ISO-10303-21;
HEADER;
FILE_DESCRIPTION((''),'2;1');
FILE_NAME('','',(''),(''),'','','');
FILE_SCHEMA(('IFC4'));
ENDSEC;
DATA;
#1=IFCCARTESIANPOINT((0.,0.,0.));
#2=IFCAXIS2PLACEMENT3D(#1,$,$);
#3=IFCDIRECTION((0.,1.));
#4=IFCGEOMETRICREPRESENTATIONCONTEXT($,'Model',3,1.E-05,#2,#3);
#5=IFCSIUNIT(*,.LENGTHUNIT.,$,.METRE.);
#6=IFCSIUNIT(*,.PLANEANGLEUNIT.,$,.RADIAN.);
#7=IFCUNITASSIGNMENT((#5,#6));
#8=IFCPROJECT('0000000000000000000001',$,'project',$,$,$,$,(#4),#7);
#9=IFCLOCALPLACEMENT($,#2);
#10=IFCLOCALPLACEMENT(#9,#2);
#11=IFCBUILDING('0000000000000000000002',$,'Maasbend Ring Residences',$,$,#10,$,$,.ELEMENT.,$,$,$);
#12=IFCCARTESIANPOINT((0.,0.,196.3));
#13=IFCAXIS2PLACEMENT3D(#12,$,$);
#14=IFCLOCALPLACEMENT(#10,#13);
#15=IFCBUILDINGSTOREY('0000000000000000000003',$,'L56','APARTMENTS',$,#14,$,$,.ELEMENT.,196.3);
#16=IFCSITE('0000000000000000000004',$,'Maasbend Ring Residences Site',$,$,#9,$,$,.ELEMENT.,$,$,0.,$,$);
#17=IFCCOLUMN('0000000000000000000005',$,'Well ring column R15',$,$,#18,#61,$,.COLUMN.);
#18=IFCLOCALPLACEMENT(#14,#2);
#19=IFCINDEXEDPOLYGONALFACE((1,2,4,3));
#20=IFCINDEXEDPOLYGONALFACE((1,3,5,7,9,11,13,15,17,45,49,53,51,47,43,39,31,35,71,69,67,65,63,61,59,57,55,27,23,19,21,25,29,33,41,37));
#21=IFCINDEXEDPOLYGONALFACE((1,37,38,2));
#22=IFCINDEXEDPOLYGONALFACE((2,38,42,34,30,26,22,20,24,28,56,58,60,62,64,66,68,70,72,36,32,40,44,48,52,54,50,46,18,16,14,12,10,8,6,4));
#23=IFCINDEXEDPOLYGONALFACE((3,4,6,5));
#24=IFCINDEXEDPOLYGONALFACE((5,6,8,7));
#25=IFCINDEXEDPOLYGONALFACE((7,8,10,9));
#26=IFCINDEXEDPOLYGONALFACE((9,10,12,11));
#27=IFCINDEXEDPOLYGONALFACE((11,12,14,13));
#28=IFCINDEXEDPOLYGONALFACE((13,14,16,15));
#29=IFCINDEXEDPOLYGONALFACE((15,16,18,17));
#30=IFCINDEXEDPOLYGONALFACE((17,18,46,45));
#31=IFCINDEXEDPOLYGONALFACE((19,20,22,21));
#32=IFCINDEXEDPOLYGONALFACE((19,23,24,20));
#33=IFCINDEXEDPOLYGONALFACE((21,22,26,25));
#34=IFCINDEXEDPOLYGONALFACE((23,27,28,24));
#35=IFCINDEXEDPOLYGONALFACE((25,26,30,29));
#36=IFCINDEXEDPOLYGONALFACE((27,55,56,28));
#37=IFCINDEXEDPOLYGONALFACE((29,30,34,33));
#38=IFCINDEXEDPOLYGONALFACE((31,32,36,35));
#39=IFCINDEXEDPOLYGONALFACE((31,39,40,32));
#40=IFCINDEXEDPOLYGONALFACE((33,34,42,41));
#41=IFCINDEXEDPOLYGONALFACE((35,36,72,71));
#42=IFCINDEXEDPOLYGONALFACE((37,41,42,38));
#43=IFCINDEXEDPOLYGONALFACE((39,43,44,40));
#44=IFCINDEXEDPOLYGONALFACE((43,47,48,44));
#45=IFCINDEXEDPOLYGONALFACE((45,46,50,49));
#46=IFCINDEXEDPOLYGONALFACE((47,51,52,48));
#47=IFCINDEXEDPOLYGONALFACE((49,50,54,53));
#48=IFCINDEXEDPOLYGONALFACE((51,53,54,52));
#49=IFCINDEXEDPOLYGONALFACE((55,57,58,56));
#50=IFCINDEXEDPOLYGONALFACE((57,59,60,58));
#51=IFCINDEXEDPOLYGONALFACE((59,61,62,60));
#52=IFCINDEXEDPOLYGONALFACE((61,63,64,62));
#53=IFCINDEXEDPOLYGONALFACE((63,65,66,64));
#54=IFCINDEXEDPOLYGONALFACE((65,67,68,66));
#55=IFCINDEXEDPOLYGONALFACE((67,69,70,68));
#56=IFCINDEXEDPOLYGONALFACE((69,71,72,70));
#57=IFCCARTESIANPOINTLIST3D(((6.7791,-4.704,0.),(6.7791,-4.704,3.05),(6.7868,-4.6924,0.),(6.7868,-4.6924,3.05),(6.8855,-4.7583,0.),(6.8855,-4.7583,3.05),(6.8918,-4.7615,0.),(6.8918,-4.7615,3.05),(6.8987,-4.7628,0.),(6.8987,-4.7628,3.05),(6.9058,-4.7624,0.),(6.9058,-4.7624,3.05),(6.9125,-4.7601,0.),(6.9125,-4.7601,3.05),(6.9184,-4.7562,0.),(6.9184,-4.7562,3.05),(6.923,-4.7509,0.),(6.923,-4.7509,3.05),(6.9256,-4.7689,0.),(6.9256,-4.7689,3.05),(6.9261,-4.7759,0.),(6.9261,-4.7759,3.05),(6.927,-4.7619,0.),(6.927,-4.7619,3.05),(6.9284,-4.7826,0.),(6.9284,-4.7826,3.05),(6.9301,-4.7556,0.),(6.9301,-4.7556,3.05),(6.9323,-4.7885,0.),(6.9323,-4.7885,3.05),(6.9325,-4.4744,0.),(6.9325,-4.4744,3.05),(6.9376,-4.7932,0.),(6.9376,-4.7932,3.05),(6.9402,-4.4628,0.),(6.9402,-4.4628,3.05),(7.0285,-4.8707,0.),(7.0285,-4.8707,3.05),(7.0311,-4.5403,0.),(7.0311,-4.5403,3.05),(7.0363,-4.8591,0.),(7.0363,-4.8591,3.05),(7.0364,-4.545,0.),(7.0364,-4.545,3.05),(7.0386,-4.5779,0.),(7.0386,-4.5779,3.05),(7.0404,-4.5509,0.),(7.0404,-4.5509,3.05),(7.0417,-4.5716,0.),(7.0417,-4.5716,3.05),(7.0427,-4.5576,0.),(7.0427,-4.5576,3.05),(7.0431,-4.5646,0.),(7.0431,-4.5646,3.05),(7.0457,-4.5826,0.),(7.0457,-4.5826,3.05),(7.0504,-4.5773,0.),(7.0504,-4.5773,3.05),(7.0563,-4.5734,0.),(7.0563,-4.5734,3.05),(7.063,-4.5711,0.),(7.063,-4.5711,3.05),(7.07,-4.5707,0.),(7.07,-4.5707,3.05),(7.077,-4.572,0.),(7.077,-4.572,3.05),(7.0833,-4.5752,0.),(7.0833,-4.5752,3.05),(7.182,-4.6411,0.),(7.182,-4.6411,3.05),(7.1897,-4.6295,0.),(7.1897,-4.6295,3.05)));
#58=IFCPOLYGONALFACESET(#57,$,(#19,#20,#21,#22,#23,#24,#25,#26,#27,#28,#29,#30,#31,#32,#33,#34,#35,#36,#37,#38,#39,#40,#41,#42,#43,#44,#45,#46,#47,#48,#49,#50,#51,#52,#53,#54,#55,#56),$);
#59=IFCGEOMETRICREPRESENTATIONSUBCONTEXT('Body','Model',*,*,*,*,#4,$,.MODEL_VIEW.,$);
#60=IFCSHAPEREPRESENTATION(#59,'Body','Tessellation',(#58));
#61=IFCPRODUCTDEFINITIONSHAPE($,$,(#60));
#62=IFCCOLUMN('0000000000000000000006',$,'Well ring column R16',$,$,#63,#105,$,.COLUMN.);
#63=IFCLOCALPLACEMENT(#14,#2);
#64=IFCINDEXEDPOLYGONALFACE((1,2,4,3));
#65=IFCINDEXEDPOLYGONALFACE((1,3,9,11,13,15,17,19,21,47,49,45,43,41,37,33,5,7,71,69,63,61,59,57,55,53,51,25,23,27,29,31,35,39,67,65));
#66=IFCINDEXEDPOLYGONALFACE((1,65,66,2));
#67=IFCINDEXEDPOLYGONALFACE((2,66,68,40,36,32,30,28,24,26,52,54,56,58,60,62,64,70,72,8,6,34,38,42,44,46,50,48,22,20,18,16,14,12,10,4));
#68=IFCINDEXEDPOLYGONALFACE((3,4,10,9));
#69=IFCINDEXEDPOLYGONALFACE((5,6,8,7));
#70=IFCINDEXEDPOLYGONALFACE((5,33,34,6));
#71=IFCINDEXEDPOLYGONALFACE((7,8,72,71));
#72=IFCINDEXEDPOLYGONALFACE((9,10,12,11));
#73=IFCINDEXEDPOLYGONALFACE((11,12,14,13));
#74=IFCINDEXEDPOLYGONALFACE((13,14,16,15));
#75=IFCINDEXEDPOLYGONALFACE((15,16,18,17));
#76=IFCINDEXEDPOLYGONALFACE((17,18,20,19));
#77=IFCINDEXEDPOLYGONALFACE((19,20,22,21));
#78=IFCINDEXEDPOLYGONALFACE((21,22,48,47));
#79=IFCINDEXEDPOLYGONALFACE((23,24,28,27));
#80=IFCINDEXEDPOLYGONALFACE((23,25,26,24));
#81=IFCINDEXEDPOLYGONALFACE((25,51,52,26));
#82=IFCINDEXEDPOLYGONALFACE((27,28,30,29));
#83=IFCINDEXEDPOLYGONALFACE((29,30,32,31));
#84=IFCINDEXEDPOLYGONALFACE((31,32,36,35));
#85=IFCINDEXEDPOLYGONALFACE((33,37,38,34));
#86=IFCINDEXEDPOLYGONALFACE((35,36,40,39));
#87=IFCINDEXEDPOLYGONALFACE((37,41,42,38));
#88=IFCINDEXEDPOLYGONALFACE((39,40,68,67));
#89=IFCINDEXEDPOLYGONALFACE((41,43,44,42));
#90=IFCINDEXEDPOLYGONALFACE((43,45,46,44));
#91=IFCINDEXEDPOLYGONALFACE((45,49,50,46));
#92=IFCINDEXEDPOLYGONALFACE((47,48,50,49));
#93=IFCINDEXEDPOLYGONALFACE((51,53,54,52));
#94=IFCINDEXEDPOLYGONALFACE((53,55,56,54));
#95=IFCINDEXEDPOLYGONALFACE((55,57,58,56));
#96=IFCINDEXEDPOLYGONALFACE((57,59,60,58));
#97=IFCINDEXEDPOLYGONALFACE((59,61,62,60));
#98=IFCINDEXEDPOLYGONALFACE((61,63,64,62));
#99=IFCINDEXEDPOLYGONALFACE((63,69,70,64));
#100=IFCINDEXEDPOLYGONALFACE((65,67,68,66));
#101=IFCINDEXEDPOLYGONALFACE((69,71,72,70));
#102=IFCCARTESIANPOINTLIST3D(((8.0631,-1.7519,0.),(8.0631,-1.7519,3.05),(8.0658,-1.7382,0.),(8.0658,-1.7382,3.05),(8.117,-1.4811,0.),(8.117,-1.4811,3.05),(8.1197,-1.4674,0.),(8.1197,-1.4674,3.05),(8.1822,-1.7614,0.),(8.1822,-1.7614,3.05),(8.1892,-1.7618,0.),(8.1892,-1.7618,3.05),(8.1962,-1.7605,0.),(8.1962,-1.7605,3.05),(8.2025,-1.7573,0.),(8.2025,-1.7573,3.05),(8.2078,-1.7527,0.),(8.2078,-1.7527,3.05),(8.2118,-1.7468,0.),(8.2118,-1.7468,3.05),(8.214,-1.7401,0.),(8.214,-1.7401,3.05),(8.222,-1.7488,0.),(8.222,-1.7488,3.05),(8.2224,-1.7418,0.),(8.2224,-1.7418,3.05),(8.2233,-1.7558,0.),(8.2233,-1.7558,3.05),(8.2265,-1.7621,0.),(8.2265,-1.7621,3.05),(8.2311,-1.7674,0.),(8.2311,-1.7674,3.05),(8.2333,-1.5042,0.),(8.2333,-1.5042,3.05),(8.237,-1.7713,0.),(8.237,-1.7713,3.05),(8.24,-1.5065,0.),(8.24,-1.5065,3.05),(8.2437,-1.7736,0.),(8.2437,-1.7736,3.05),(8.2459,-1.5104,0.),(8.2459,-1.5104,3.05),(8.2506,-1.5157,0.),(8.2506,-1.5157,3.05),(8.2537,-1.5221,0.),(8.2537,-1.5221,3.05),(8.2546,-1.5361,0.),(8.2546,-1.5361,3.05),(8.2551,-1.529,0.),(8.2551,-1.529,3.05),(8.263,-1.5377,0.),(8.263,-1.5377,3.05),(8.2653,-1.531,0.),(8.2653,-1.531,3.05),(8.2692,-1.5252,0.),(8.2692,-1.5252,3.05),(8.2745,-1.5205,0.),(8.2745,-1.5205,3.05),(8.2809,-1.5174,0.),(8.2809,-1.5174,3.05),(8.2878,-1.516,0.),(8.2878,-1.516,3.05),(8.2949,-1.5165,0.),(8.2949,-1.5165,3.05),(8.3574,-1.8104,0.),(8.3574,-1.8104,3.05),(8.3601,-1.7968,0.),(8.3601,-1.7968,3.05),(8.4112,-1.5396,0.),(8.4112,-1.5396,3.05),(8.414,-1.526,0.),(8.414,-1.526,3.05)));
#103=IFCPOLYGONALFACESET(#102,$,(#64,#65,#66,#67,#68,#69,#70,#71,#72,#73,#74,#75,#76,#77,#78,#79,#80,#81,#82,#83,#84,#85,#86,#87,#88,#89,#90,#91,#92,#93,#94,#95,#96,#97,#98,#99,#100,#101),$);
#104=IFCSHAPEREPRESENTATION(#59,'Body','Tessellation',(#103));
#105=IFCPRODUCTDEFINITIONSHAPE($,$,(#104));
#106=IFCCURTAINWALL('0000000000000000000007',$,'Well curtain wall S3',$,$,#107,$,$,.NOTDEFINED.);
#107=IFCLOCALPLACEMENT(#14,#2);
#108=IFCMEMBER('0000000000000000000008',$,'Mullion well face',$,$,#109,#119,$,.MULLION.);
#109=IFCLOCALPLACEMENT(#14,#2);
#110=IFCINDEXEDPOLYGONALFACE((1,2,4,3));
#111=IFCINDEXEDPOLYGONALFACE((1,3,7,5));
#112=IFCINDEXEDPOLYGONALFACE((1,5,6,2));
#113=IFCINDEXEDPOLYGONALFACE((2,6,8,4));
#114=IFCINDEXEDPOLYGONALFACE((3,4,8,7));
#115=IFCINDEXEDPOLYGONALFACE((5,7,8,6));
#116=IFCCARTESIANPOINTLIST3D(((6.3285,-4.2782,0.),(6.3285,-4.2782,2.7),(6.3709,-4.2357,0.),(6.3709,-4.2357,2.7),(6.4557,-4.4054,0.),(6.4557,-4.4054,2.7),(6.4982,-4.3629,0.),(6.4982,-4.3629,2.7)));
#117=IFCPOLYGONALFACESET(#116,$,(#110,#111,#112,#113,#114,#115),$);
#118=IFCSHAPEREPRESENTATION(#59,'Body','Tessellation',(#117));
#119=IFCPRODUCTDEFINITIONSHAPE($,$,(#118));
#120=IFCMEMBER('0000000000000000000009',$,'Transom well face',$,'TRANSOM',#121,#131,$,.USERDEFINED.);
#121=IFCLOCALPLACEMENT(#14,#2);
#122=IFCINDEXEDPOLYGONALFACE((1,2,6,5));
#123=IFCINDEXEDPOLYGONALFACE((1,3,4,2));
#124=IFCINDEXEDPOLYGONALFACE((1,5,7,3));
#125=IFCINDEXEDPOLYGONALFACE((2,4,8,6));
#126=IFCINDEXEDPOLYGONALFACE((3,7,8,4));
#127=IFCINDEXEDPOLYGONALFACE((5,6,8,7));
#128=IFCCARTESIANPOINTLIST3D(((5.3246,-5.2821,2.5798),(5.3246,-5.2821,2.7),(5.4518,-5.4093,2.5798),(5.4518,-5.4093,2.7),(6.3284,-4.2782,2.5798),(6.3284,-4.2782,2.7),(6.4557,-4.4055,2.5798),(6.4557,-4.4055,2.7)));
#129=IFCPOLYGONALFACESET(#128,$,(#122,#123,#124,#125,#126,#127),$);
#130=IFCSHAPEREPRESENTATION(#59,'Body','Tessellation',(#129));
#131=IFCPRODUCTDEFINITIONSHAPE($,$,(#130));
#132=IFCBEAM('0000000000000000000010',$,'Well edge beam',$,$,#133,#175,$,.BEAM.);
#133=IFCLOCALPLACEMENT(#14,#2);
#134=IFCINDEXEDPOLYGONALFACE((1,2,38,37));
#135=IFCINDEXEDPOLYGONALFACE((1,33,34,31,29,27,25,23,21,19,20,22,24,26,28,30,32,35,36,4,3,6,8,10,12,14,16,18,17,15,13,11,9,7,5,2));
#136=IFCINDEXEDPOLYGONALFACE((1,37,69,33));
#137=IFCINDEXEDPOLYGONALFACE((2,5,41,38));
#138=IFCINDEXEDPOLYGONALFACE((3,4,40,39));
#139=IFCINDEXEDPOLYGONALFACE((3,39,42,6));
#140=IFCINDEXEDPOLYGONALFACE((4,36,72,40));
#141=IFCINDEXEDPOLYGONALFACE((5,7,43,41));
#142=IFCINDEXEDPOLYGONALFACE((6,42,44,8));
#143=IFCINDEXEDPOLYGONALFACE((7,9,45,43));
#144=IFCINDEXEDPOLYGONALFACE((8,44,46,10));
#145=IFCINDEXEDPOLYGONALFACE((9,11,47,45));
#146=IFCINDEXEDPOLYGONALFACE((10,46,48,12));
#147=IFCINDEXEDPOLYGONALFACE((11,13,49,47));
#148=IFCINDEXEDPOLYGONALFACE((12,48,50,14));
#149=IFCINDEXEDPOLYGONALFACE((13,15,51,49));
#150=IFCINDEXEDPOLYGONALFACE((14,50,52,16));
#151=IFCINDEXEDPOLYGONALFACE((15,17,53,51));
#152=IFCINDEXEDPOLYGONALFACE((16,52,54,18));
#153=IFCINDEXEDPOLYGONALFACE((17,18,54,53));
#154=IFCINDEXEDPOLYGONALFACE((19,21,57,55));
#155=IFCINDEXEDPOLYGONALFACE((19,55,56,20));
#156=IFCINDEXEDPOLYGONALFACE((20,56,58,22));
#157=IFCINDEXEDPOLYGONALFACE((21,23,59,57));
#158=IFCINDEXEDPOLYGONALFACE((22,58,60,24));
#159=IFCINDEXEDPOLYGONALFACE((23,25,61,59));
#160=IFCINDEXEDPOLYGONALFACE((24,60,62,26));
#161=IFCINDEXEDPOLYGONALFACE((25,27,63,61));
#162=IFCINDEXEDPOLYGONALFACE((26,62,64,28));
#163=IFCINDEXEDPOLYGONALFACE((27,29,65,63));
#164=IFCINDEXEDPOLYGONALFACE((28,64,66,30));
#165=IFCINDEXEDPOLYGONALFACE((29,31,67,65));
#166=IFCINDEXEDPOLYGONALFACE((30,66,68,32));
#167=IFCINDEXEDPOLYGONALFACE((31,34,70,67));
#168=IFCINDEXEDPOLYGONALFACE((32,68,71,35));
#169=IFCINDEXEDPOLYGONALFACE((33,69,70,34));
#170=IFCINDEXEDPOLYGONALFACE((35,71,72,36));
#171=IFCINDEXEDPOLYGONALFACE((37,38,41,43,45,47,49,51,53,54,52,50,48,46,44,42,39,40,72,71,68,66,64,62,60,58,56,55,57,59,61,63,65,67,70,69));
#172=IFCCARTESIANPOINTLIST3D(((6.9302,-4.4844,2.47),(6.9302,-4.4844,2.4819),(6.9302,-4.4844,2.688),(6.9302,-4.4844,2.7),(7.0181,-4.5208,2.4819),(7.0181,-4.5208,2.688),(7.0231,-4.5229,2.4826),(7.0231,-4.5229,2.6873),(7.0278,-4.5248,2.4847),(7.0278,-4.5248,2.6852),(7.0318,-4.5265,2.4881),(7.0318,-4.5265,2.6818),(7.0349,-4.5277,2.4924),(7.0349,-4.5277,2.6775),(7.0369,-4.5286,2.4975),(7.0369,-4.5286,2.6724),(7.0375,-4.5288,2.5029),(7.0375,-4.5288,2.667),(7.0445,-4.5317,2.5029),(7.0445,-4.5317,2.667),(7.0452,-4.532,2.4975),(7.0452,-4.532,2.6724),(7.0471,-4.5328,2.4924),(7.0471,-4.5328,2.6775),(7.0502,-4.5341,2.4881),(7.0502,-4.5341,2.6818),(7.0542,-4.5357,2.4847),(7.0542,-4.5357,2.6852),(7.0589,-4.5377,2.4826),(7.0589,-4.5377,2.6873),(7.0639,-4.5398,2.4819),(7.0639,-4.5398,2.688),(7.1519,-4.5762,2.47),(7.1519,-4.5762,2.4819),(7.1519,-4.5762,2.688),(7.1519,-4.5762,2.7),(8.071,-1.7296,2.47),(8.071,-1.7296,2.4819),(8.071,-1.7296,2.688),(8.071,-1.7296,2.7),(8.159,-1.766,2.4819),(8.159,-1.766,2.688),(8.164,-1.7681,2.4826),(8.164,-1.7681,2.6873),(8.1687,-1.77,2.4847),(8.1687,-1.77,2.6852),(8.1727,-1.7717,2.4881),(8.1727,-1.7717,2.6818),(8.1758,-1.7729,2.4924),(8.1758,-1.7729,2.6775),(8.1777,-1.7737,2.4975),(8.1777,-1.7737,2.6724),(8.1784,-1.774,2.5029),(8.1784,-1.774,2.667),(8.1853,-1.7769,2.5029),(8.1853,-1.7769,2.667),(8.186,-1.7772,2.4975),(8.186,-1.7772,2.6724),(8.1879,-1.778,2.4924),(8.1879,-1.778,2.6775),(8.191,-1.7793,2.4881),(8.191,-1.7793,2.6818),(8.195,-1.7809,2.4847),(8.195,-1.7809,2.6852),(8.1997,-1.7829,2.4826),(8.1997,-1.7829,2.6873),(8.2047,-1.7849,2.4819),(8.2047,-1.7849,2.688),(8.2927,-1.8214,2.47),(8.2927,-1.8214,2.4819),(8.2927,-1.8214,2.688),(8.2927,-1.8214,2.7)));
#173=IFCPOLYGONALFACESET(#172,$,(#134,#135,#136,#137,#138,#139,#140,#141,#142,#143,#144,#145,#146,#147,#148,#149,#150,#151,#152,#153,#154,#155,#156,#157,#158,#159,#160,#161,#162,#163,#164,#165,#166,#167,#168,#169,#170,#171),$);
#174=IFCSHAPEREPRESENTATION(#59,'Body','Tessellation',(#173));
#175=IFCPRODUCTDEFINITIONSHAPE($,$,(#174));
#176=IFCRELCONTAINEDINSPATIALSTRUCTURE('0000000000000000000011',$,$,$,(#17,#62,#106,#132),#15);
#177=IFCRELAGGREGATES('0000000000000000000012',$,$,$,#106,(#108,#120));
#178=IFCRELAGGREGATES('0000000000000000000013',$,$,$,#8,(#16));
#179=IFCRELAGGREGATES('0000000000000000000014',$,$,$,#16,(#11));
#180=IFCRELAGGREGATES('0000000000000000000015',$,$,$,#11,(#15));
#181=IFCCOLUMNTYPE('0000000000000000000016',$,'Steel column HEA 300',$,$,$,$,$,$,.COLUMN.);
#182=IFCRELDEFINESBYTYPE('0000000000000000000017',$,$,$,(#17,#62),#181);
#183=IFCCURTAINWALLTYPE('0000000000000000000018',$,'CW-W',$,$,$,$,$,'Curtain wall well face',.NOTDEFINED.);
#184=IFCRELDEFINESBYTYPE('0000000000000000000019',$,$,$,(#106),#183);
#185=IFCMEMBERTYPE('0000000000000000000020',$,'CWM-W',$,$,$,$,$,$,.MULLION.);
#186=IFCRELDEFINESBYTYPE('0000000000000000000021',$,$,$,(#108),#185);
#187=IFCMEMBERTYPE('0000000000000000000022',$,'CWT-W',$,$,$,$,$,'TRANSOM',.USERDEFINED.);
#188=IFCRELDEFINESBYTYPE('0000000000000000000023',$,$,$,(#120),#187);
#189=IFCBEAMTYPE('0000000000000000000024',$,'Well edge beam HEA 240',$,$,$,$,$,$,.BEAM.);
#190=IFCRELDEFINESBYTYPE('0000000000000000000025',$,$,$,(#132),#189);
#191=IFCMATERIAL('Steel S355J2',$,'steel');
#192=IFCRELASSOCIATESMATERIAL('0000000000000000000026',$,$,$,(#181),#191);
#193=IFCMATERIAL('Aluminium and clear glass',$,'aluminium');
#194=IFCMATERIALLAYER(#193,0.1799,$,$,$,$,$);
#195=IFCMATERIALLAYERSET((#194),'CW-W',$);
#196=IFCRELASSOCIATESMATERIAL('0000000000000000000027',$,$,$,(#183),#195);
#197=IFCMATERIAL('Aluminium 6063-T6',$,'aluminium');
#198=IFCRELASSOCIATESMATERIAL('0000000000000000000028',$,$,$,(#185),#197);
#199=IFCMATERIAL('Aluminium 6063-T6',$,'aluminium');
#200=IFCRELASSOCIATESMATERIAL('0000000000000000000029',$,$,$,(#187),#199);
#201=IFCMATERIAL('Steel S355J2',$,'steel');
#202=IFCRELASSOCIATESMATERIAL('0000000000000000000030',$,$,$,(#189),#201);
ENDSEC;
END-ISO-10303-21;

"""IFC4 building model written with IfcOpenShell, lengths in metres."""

from ifc_helpers import new_model, si_unit, direction, frame, origin, origin_2d, place, context, subcontext, project, spatial, rectangle, i_section, extrude, material, layer, layer_set, material_profile, profile_set, type_object, element, aggregate, save


model = new_model("IFC4")

# Units and contexts
model_context = context("Model", 3, precision=1e-05, world=origin(), true_north=direction((0.0, 1.0)))
body_context = subcontext(model_context, "Body", "Model", "MODEL_VIEW")
ifc_project = project(units=[si_unit("LENGTHUNIT", "METRE"), si_unit("PLANEANGLEUNIT", "RADIAN")], contexts=[model_context])

# Site, building, storey
site_placement = place(None, origin())
site = spatial("IfcSite", under=ifc_project, at=site_placement, Name="Maasbend Ring Residences Site", CompositionType="ELEMENT", RefElevation=0.0)
building_placement = place(site_placement, origin())
building = spatial("IfcBuilding", under=site, at=building_placement, Name="Maasbend Ring Residences", CompositionType="ELEMENT")
storey_placement = place(building_placement, frame((0.0, 0.0, 196.3)))
storey = spatial("IfcBuildingStorey", under=building, at=storey_placement, Name="L56", Description="APARTMENTS", CompositionType="ELEMENT", Elevation=196.3)

# Columns
ifc_material_1 = material(Name="Steel S355J2", Category="steel")
ifc_material_profile_1 = material_profile(ifc_material_1, i_section(OverallWidth=0.3, OverallDepth=0.29, WebThickness=0.0085, FlangeThickness=0.0139, FilletRadius=0.0271, at=origin_2d()), Name="HEA 300")
ifc_profile_set_1 = profile_set([ifc_material_profile_1], Name="Steel S355J2")
column_type = type_object("IfcColumnType", Name="Steel column HEA 300", PredefinedType="COLUMN", material=ifc_profile_set_1)
for number, where, z_axis, x_axis, name in (
    (1, (6.9844, -4.6667, 0.0), (0.0, 0.0, 1.0), (0.83147, -0.55557, 0.0), "Well ring column R15"),
    (2, (8.2385, -1.6389, 0.0), (0.0, 0.0, 1.0), (0.980785, -0.19509, 0.0), "Well ring column R16"),
):
    element("IfcColumn", number, at=place(storey_placement, frame(where, z_axis=z_axis, x_axis=x_axis)), inside=storey, type_object=column_type, Name=name, PredefinedType="COLUMN", context=body_context, shape_type="SweptSolid", body=[
        extrude(i_section(OverallWidth=0.3, OverallDepth=0.29, WebThickness=0.0085, FlangeThickness=0.0139, FilletRadius=0.0271, at=origin_2d()), origin(), (0.0, 0.0, 1.0), 3.05),
    ])

# Curtain wall, members
ifc_material_2 = material(Name="Aluminium and clear glass", Category="aluminium")
ifc_layer_1 = layer(ifc_material_2, 0.1799)
ifc_layer_set_1 = layer_set([ifc_layer_1], Name="CW-W")
curtain_wall_type = type_object("IfcCurtainWallType", Name="CW-W", ElementType="Curtain wall well face", PredefinedType="NOTDEFINED", material=ifc_layer_set_1)
curtain_wall_placement = place(storey_placement, origin())
curtain_wall = element("IfcCurtainWall", 3, at=curtain_wall_placement, inside=storey, type_object=curtain_wall_type, Name="Well curtain wall S3", PredefinedType="NOTDEFINED")
ifc_material_3 = material(Name="Aluminium 6063-T6", Category="aluminium")
ifc_material_profile_2 = material_profile(ifc_material_3, rectangle(XDim=0.1799, YDim=0.0601, at=origin_2d()), Name="AL 180x60")
ifc_profile_set_2 = profile_set([ifc_material_profile_2], Name="Aluminium 6063-T6")
member_type_1 = type_object("IfcMemberType", Name="CWM-W", PredefinedType="MULLION", material=ifc_profile_set_2)
member_1_placement = place(storey_placement, frame((6.4133, -4.3206, 0.0), z_axis=(0.0, 0.0, 1.0), x_axis=(-0.707107, 0.707107, 0.0)))
member_1 = element("IfcMember", 4, at=member_1_placement, type_object=member_type_1, Name="Mullion well face", PredefinedType="MULLION", context=body_context, shape_type="SweptSolid", body=[
    extrude(rectangle(XDim=0.1799, YDim=0.0601, at=origin_2d()), origin(), (0.0, 0.0, 1.0), 2.7),
])
ifc_material_4 = material(Name="Aluminium 6063-T6", Category="aluminium")
ifc_material_profile_3 = material_profile(ifc_material_4, rectangle(XDim=0.1799, YDim=0.1201, at=origin_2d()), Name="AL 180x120")
ifc_profile_set_3 = profile_set([ifc_material_profile_3], Name="Aluminium 6063-T6")
member_type_2 = type_object("IfcMemberType", Name="CWT-W", ElementType="TRANSOM", PredefinedType="USERDEFINED", material=ifc_profile_set_3)
member_2_placement = place(storey_placement, frame((5.3882, -5.3457, 2.6399), z_axis=(0.707107, 0.707107, 0.0), x_axis=(-0.707107, 0.707107, 0.0)))
member_2 = element("IfcMember", 5, at=member_2_placement, type_object=member_type_2, Name="Transom well face", ObjectType="TRANSOM", PredefinedType="USERDEFINED", context=body_context, shape_type="SweptSolid", body=[
    extrude(rectangle(XDim=0.1799, YDim=0.1201, at=origin_2d()), origin(), (0.0, 0.0, 1.0), 1.4197),
])

# Beam
ifc_material_5 = material(Name="Steel S355J2", Category="steel")
ifc_material_profile_4 = material_profile(ifc_material_5, i_section(OverallWidth=0.24, OverallDepth=0.23, WebThickness=0.0076, FlangeThickness=0.012, FilletRadius=0.021, at=origin_2d()), Name="HEA 240")
ifc_profile_set_4 = profile_set([ifc_material_profile_4], Name="Steel S355J2")
beam_type = type_object("IfcBeamType", Name="Well edge beam HEA 240", PredefinedType="BEAM", material=ifc_profile_set_4)
beam_1_placement = place(storey_placement, frame((7.041, -4.5303, 2.585), z_axis=(0.382615, 0.923908, 0.0), x_axis=(-0.923908, 0.382615, 0.0)))
element("IfcBeam", 6, at=beam_1_placement, inside=storey, type_object=beam_type, Name="Well edge beam", PredefinedType="BEAM", context=body_context, shape_type="SweptSolid", body=[
    extrude(i_section(OverallWidth=0.24, OverallDepth=0.23, WebThickness=0.0076, FlangeThickness=0.012, FilletRadius=0.021, at=origin_2d()), origin(), (0.0, 0.0, 1.0), 2.9817),
])

aggregate(curtain_wall, [member_1, member_2])

save(model, "model.ifc")
